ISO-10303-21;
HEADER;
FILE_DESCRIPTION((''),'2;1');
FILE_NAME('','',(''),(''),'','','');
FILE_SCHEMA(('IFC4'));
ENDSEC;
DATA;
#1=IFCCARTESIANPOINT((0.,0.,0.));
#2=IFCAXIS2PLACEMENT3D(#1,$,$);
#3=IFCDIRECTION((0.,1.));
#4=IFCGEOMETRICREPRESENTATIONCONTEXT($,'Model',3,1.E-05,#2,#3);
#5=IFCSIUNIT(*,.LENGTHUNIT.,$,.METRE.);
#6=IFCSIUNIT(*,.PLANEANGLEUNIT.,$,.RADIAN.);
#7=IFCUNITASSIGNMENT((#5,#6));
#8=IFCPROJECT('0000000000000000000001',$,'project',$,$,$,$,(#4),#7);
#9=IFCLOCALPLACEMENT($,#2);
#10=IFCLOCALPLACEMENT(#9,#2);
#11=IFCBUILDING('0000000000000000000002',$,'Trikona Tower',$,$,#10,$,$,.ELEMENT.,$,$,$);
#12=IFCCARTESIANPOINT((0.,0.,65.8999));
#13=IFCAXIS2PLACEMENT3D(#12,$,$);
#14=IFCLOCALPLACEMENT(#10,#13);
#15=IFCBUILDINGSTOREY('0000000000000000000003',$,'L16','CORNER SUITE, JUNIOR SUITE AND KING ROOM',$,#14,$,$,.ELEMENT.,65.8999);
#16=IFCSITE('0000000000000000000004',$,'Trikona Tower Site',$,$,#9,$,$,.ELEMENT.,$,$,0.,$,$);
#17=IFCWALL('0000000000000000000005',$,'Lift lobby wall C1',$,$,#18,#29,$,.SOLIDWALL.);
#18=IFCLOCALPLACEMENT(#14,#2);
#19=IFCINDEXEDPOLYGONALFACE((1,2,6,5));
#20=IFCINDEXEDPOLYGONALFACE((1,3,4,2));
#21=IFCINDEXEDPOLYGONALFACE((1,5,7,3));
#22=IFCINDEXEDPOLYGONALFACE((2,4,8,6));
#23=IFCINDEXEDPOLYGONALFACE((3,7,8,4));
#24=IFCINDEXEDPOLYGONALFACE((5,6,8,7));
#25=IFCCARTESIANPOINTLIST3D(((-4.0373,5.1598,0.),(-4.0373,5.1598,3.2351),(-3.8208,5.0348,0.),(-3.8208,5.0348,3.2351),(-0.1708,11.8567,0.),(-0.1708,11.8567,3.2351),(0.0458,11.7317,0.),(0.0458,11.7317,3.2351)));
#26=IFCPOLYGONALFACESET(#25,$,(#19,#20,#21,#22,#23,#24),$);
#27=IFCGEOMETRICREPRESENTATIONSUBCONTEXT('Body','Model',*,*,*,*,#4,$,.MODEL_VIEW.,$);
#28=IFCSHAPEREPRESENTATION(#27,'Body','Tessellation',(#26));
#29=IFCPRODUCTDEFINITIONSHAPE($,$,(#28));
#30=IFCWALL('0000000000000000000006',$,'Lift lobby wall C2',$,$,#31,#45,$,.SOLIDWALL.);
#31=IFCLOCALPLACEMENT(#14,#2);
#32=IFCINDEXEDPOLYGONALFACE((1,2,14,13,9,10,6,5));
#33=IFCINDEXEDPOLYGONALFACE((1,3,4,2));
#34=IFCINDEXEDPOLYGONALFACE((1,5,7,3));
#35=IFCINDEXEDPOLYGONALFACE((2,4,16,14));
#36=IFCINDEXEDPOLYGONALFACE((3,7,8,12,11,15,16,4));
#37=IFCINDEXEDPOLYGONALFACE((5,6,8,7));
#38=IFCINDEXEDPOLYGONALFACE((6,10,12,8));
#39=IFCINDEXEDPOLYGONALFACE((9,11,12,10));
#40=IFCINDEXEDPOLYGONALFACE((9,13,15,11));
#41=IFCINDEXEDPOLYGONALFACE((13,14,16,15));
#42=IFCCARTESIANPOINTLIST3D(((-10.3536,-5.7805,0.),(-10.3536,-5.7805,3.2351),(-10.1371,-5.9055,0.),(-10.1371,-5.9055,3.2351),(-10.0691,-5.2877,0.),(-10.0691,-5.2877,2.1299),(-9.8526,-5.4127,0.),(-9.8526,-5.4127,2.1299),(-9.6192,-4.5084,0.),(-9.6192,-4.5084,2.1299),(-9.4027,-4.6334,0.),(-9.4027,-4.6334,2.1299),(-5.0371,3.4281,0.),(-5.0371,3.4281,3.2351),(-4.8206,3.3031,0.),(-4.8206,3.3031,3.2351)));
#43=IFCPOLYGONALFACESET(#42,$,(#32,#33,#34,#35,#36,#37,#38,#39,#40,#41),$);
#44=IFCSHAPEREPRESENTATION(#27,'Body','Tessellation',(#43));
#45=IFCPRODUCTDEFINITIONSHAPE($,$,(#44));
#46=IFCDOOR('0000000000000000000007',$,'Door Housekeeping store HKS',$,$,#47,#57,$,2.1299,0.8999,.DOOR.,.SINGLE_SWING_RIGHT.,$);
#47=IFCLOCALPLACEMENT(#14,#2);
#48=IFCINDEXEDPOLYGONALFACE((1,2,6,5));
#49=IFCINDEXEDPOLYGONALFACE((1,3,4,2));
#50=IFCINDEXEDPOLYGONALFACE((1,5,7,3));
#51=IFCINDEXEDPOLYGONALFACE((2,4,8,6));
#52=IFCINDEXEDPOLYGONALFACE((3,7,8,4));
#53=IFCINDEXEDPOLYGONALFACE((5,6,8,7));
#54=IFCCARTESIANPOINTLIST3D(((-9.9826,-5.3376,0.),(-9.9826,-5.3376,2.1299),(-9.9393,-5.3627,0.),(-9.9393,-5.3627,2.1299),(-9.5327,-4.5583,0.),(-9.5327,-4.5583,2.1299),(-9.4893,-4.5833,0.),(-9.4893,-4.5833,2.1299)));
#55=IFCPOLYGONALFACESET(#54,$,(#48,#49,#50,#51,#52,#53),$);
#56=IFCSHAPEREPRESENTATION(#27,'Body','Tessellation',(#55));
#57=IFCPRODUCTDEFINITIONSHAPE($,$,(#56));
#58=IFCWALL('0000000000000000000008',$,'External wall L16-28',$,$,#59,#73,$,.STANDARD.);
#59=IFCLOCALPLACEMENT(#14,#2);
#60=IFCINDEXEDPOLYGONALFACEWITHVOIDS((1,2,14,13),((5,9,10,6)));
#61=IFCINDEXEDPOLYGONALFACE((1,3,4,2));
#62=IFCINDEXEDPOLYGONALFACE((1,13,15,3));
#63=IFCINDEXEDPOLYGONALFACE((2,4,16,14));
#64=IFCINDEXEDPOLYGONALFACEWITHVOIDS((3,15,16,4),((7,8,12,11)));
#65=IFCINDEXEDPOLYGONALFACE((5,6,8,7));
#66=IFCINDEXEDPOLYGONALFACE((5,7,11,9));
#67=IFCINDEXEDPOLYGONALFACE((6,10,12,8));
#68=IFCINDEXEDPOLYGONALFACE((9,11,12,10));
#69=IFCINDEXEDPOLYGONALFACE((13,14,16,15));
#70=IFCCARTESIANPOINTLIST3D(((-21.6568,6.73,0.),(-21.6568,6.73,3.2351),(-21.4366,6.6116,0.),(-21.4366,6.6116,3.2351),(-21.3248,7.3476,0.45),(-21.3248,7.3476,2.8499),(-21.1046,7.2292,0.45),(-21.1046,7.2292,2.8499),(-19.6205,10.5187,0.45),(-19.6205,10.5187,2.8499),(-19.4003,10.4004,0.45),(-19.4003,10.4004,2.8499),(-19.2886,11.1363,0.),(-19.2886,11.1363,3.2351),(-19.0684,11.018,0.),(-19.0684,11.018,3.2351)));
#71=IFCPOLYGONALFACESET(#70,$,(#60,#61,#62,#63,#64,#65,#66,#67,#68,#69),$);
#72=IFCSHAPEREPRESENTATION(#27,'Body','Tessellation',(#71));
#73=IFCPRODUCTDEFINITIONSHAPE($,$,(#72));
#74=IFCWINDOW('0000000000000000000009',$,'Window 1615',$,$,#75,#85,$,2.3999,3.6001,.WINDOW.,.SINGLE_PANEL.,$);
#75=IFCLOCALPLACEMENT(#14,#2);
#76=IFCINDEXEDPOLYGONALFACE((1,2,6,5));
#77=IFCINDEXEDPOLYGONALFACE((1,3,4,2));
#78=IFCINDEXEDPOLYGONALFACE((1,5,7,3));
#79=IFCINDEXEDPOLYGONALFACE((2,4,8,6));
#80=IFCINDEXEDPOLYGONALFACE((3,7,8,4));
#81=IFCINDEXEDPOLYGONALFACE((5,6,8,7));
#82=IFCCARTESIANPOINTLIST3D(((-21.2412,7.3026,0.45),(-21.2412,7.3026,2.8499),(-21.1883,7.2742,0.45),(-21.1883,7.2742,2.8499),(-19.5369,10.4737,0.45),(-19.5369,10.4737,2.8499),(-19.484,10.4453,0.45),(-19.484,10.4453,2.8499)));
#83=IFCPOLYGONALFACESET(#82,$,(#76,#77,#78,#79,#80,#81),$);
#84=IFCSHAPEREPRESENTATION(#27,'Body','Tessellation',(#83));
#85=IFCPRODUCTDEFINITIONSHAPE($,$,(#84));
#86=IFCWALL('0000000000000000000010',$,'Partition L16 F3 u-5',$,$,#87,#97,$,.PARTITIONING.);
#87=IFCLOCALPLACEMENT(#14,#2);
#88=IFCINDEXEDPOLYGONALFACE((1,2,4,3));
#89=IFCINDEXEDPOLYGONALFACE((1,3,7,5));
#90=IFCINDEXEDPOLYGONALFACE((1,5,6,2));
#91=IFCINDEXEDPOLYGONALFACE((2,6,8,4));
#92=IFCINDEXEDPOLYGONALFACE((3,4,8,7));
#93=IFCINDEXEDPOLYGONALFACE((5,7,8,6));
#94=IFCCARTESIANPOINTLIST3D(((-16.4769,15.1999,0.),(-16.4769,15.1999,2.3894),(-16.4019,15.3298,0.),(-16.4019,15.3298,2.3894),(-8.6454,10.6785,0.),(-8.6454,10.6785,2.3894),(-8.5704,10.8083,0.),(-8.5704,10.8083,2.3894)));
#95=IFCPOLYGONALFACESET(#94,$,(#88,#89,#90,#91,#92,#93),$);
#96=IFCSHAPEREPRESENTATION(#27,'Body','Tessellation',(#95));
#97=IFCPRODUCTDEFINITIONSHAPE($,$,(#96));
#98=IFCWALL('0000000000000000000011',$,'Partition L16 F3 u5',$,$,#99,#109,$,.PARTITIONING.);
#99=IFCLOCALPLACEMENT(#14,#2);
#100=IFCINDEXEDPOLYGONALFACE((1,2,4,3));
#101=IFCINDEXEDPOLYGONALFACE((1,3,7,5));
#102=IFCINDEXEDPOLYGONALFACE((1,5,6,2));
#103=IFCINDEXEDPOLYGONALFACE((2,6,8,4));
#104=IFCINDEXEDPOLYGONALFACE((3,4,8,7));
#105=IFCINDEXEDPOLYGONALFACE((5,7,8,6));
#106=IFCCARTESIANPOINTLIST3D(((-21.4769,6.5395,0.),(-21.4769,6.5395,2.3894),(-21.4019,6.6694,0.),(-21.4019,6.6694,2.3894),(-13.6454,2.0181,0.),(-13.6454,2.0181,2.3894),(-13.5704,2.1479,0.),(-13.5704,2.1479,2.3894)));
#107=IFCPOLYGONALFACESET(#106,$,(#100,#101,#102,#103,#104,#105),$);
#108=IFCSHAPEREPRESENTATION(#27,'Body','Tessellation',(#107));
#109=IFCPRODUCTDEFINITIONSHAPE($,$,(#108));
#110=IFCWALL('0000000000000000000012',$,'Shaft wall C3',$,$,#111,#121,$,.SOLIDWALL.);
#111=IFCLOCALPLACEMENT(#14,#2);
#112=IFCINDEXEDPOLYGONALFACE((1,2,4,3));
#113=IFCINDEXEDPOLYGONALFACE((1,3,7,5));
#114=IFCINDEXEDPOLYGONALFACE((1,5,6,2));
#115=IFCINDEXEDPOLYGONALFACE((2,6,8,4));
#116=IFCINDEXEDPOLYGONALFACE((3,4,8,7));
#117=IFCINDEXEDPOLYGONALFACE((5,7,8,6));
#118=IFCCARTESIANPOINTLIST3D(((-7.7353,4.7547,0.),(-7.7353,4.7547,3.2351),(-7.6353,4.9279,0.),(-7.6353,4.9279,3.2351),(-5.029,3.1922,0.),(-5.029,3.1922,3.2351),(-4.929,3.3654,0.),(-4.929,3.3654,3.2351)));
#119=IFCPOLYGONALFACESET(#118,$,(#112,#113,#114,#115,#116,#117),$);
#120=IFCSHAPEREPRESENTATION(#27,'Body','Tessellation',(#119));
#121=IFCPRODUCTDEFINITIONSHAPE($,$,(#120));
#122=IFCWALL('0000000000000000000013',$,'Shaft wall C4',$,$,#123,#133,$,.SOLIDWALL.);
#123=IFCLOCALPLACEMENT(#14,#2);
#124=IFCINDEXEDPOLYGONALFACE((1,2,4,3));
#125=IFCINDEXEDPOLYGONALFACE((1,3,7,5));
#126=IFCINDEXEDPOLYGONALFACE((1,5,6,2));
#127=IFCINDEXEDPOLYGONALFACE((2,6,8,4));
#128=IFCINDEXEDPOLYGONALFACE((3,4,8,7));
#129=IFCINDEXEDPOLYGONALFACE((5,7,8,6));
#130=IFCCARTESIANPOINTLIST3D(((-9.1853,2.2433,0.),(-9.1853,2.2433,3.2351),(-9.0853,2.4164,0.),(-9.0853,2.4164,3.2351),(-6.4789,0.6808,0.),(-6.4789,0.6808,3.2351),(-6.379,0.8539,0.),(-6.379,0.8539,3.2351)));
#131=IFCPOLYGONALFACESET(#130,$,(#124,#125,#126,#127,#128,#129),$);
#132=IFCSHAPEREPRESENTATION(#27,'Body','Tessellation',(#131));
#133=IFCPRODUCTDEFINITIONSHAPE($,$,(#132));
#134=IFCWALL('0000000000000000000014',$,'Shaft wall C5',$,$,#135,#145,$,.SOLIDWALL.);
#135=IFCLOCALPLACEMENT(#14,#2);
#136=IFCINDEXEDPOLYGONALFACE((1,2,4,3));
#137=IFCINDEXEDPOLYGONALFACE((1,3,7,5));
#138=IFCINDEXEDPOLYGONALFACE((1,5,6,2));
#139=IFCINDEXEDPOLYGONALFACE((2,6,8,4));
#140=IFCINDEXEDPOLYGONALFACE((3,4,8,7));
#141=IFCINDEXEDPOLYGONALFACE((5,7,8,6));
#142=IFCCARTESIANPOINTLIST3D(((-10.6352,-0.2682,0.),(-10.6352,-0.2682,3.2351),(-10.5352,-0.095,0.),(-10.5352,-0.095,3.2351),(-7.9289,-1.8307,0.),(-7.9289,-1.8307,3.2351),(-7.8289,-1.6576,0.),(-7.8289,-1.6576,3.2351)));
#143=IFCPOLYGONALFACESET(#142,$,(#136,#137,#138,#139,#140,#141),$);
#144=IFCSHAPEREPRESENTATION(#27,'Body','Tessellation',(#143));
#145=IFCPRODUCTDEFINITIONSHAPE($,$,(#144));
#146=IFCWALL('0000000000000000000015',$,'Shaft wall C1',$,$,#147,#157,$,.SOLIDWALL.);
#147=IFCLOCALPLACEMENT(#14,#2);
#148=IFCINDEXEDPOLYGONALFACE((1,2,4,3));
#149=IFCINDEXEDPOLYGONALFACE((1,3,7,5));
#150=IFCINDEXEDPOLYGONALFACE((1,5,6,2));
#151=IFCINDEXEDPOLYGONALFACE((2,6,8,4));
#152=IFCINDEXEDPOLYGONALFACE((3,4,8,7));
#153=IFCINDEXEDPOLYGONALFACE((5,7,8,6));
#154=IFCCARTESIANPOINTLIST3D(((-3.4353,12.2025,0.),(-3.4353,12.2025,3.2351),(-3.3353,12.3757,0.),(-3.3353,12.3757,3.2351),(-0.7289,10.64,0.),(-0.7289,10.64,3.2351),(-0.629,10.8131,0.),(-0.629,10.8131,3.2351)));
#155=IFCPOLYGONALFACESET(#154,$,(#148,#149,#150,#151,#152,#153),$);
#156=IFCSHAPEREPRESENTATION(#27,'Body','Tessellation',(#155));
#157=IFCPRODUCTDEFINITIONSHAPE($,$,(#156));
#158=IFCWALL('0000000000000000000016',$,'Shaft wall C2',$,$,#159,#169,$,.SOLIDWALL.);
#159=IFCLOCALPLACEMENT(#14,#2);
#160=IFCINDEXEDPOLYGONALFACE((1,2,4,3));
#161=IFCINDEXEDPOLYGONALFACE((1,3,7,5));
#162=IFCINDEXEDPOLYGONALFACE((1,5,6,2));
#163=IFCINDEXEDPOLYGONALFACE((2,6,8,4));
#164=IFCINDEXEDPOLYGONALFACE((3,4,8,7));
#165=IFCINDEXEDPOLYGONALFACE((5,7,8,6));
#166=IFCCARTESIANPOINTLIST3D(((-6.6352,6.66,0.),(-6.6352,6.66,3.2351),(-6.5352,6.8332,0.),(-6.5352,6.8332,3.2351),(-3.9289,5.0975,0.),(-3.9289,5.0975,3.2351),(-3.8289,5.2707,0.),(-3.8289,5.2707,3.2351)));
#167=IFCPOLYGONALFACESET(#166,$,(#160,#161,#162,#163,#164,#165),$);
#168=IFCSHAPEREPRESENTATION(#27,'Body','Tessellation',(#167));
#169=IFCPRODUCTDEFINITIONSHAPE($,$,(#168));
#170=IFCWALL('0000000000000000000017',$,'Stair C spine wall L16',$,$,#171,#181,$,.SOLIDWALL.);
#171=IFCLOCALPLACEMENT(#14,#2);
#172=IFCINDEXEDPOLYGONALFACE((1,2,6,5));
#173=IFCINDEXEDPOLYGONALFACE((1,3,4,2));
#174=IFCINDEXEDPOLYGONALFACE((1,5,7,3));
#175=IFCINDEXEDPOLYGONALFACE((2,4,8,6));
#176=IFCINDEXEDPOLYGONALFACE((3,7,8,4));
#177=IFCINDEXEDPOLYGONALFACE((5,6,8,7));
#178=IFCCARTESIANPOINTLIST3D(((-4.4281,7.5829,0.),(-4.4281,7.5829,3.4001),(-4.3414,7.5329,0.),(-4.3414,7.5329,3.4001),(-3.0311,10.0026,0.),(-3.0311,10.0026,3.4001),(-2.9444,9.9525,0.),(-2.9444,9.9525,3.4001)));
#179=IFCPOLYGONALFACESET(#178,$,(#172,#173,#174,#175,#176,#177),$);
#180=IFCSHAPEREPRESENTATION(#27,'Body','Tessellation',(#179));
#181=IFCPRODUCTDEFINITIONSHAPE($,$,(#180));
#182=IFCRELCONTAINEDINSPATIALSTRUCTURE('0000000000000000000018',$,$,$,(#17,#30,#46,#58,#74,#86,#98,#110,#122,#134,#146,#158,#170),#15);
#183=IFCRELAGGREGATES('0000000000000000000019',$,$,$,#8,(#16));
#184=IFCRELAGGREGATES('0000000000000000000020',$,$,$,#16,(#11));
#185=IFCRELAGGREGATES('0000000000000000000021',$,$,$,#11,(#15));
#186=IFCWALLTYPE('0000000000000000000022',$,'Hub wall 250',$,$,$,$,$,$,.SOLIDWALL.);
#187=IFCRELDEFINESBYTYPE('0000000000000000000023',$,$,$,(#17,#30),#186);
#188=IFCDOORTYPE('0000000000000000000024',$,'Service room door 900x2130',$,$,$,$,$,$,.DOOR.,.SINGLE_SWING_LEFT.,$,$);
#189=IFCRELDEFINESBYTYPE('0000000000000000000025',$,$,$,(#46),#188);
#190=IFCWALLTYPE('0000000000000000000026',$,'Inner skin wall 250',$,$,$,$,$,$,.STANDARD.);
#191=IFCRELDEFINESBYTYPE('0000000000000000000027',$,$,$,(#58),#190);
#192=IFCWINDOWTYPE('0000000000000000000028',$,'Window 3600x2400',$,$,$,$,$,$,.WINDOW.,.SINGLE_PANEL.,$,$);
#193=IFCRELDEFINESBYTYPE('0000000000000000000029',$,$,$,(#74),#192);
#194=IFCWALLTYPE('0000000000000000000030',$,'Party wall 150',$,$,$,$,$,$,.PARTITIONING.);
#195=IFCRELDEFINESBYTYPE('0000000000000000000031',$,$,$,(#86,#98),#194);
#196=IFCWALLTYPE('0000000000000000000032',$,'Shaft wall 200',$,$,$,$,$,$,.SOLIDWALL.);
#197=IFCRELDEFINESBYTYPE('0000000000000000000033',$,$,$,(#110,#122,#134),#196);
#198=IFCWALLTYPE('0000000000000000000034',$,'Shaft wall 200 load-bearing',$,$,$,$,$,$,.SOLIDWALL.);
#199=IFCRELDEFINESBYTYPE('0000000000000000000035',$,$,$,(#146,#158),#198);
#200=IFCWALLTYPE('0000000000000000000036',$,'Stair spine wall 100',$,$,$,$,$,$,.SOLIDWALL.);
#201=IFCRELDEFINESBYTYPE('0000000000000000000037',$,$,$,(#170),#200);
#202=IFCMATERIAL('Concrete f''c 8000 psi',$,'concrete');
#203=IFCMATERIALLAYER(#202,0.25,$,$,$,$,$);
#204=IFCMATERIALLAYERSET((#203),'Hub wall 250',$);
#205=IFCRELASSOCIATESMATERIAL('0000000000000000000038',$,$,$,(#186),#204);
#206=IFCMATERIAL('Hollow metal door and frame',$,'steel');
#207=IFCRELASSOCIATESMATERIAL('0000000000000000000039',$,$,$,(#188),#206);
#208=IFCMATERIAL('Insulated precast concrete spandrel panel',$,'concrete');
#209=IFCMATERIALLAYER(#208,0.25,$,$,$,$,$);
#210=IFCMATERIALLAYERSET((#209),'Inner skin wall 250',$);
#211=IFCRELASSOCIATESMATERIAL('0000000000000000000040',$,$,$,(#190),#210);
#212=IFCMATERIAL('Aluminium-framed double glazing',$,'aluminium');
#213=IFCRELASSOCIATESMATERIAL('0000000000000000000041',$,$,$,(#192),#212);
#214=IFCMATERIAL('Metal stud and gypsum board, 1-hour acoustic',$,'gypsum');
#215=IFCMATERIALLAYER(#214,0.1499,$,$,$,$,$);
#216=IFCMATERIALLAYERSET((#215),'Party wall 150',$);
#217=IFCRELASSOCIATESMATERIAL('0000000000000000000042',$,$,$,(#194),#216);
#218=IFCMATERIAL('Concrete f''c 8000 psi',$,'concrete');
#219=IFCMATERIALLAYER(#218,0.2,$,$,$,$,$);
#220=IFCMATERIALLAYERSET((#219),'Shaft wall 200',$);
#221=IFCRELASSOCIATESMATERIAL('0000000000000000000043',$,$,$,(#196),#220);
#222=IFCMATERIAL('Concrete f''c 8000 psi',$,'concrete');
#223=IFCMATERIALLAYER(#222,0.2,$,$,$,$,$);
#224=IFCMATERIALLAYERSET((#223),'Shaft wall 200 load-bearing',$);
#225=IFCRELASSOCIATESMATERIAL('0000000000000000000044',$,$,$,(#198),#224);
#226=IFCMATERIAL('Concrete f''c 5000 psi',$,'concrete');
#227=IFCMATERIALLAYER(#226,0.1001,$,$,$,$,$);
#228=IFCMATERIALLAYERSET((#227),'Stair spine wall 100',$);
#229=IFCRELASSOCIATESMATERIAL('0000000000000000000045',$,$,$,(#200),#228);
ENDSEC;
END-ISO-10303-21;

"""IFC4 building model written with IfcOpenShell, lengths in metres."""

from ifc_helpers import new_model, si_unit, direction, frame, frame_2d, origin, place, context, subcontext, project, spatial, rectangle, extrude, material, layer, layer_set, type_object, element, fill, save


model = new_model("IFC4")

# Units and contexts
model_context = context("Model", 3, precision=1e-05, world=origin(), true_north=direction((0.0, 1.0)))
body_context = subcontext(model_context, "Body", "Model", "MODEL_VIEW")
ifc_project = project(units=[si_unit("LENGTHUNIT", "METRE"), si_unit("PLANEANGLEUNIT", "RADIAN")], contexts=[model_context])

# Site, building, storey
site_placement = place(None, origin())
site = spatial("IfcSite", under=ifc_project, at=site_placement, Name="Trikona Tower Site", CompositionType="ELEMENT", RefElevation=0.0)
building_placement = place(site_placement, origin())
building = spatial("IfcBuilding", under=site, at=building_placement, Name="Trikona Tower", CompositionType="ELEMENT")
storey_placement = place(building_placement, frame((0.0, 0.0, 65.8999)))
storey = spatial("IfcBuildingStorey", under=building, at=storey_placement, Name="L16", Description="CORNER SUITE, JUNIOR SUITE AND KING ROOM", CompositionType="ELEMENT", Elevation=65.8999)

# Wall
ifc_material_1 = material(Name="Concrete f'c 8000 psi", Category="concrete")
ifc_layer_1 = layer(ifc_material_1, 0.25)
ifc_layer_set_1 = layer_set([ifc_layer_1], Name="Hub wall 250")
wall_type_1 = type_object("IfcWallType", Name="Hub wall 250", PredefinedType="SOLIDWALL", material=ifc_layer_set_1)
wall_1_placement = place(storey_placement, frame((-0.0625, 11.7942, 0.0), z_axis=(0.0, 0.0, 1.0), x_axis=(-0.500007, -0.866022, 0.0)))
element("IfcWall", 1, at=wall_1_placement, inside=storey, type_object=wall_type_1, Name="Lift lobby wall C1", PredefinedType="SOLIDWALL", context=body_context, shape_type="SweptSolid", body=[
    extrude(rectangle(XDim=7.7329, YDim=0.25, at=frame_2d((3.8665, 0.0))), origin(), (0.0, 0.0, 1.0), 3.2351),
])

# Wall, opening, door
wall_2_placement = place(storey_placement, frame((-4.929, 3.3655, 0.0), z_axis=(0.0, 0.0, 1.0), x_axis=(-0.499991, -0.86603, 0.0)))
wall_2 = element("IfcWall", 2, at=wall_2_placement, inside=storey, type_object=wall_type_1, Name="Lift lobby wall C2", PredefinedType="SOLIDWALL", context=body_context, shape_type="SweptSolid", body=[
    extrude(rectangle(XDim=10.6331, YDim=0.25, at=frame_2d((5.3164, 0.0))), origin(), (0.0, 0.0, 1.0), 3.2351),
])
opening_1_placement = place(wall_2_placement, frame((9.1641, 0.0, 0.0)))
opening_1 = element("IfcOpeningElement", 3, at=opening_1_placement, cuts=wall_2, PredefinedType="OPENING", context=body_context, shape_type="SweptSolid", body=[
    extrude(rectangle(XDim=0.8999, YDim=2.1299, at=frame_2d((0.45, 1.0649))), frame((0.0, 0.135, 0.0), z_axis=(0.0, -1.0, 0.0), x_axis=(1.0, 0.0, 0.0)), (0.0, 0.0, 1.0), 0.27),
])
ifc_material_2 = material(Name="Hollow metal door and frame", Category="steel")
door_type_1 = type_object("IfcDoorType", Name="Service room door 900x2130", OperationType="SINGLE_SWING_LEFT", PredefinedType="DOOR", material=ifc_material_2)
door_1_placement = place(opening_1_placement, origin())
door_1 = element("IfcDoor", 4, at=door_1_placement, inside=storey, type_object=door_type_1, Name="Door Housekeeping store HKS", OperationType="SINGLE_SWING_RIGHT", OverallHeight=2.1299, OverallWidth=0.8999, PredefinedType="DOOR", context=body_context, shape_type="SweptSolid", body=[
    extrude(rectangle(XDim=0.8999, YDim=2.1299, at=frame_2d((0.45, 1.0649))), frame((0.0, 0.0249, 0.0), z_axis=(0.0, -1.0, 0.0), x_axis=(1.0, 0.0, 0.0)), (0.0, 0.0, 1.0), 0.05),
])
fill(opening_1, door_1)

# Wall, opening, window
ifc_material_3 = material(Name="Insulated precast concrete spandrel panel", Category="concrete")
ifc_layer_2 = layer(ifc_material_3, 0.25)
ifc_layer_set_2 = layer_set([ifc_layer_2], Name="Inner skin wall 250")
wall_type_2 = type_object("IfcWallType", Name="Inner skin wall 250", PredefinedType="STANDARD", material=ifc_layer_set_2)
wall_3_placement = place(storey_placement, frame((-19.1785, 11.0771, 0.0), z_axis=(0.0, 0.0, 1.0), x_axis=(-0.473413, -0.880841, 0.0)))
wall_3 = element("IfcWall", 5, at=wall_3_placement, inside=storey, type_object=wall_type_2, Name="External wall L16-28", PredefinedType="STANDARD", context=body_context, shape_type="SweptSolid", body=[
    extrude(rectangle(XDim=5.0024, YDim=0.25, at=frame_2d((2.5012, 0.0))), origin(), (0.0, 0.0, 1.0), 3.2351),
])
opening_2_placement = place(wall_3_placement, frame((0.7012, 0.0, 0.45)))
opening_2 = element("IfcOpeningElement", 6, at=opening_2_placement, cuts=wall_3, PredefinedType="OPENING", context=body_context, shape_type="SweptSolid", body=[
    extrude(rectangle(XDim=3.6001, YDim=2.3999, at=frame_2d((1.8, 1.2))), frame((0.0, 0.135, 0.0), z_axis=(0.0, -1.0, 0.0), x_axis=(1.0, 0.0, 0.0)), (0.0, 0.0, 1.0), 0.27),
])
ifc_material_4 = material(Name="Aluminium-framed double glazing", Category="aluminium")
window_type = type_object("IfcWindowType", Name="Window 3600x2400", PartitioningType="SINGLE_PANEL", PredefinedType="WINDOW", material=ifc_material_4)
window_placement = place(opening_2_placement, origin())
window = element("IfcWindow", 7, at=window_placement, inside=storey, type_object=window_type, Name="Window 1615", OverallHeight=2.3999, OverallWidth=3.6001, PartitioningType="SINGLE_PANEL", PredefinedType="WINDOW", context=body_context, shape_type="SweptSolid", body=[
    extrude(rectangle(XDim=3.6001, YDim=2.3999, at=frame_2d((1.8, 1.2))), frame((0.0, 0.03, 0.0), z_axis=(0.0, -1.0, 0.0), x_axis=(1.0, 0.0, 0.0)), (0.0, 0.0, 1.0), 0.0601),
])
fill(opening_2, window)

# Walls
ifc_material_5 = material(Name="Metal stud and gypsum board, 1-hour acoustic", Category="gypsum")
ifc_layer_3 = layer(ifc_material_5, 0.1499)
ifc_layer_set_3 = layer_set([ifc_layer_3], Name="Party wall 150")
wall_type_3 = type_object("IfcWallType", Name="Party wall 150", PredefinedType="PARTITIONING", material=ifc_layer_set_3)
for number, where, z_axis, x_axis, name in (
    (8, (-8.6079, 10.7434, 0.0), (0.0, 0.0, 1.0), (-0.866028, 0.499995, 0.0), "Partition L16 F3 u-5"),
    (9, (-13.6079, 2.083, 0.0), (0.0, 0.0, 1.0), (-0.866028, 0.499995, 0.0), "Partition L16 F3 u5"),
):
    element("IfcWall", number, at=place(storey_placement, frame(where, z_axis=z_axis, x_axis=x_axis)), inside=storey, type_object=wall_type_3, Name=name, PredefinedType="PARTITIONING", context=body_context, shape_type="SweptSolid", body=[
        extrude(rectangle(XDim=9.043, YDim=0.1499, at=frame_2d((4.5215, 0.0))), origin(), (0.0, 0.0, 1.0), 2.3894),
    ])
ifc_material_6 = material(Name="Concrete f'c 8000 psi", Category="concrete")
ifc_layer_4 = layer(ifc_material_6, 0.2)
ifc_layer_set_4 = layer_set([ifc_layer_4], Name="Shaft wall 200")
wall_type_4 = type_object("IfcWallType", Name="Shaft wall 200", PredefinedType="SOLIDWALL", material=ifc_layer_set_4)
for number, where, z_axis, x_axis, name in (
    (10, (-4.979, 3.2788, 0.0), (0.0, 0.0, 1.0), (-0.866023, 0.500004, 0.0), "Shaft wall C3"),
    (11, (-6.429, 0.7673, 0.0), (0.0, 0.0, 1.0), (-0.866023, 0.500004, 0.0), "Shaft wall C4"),
    (12, (-7.8789, -1.7441, 0.0), (0.0, 0.0, 1.0), (-0.866023, 0.500004, 0.0), "Shaft wall C5"),
):
    element("IfcWall", number, at=place(storey_placement, frame(where, z_axis=z_axis, x_axis=x_axis)), inside=storey, type_object=wall_type_4, Name=name, PredefinedType="SOLIDWALL", context=body_context, shape_type="SweptSolid", body=[
        extrude(rectangle(XDim=3.125, YDim=0.2, at=frame_2d((1.5625, 0.0))), origin(), (0.0, 0.0, 1.0), 3.2351),
    ])
ifc_material_7 = material(Name="Concrete f'c 8000 psi", Category="concrete")
ifc_layer_5 = layer(ifc_material_7, 0.2)
ifc_layer_set_5 = layer_set([ifc_layer_5], Name="Shaft wall 200 load-bearing")
wall_type_5 = type_object("IfcWallType", Name="Shaft wall 200 load-bearing", PredefinedType="SOLIDWALL", material=ifc_layer_set_5)
for number, where, z_axis, x_axis, name in (
    (13, (-0.679, 10.7266, 0.0), (0.0, 0.0, 1.0), (-0.866023, 0.500004, 0.0), "Shaft wall C1"),
    (14, (-3.8789, 5.1841, 0.0), (0.0, 0.0, 1.0), (-0.866023, 0.500004, 0.0), "Shaft wall C2"),
):
    element("IfcWall", number, at=place(storey_placement, frame(where, z_axis=z_axis, x_axis=x_axis)), inside=storey, type_object=wall_type_5, Name=name, PredefinedType="SOLIDWALL", context=body_context, shape_type="SweptSolid", body=[
        extrude(rectangle(XDim=3.125, YDim=0.2, at=frame_2d((1.5625, 0.0))), origin(), (0.0, 0.0, 1.0), 3.2351),
    ])
ifc_material_8 = material(Name="Concrete f'c 5000 psi", Category="concrete")
ifc_layer_6 = layer(ifc_material_8, 0.1001)
ifc_layer_set_6 = layer_set([ifc_layer_6], Name="Stair spine wall 100")
wall_type_6 = type_object("IfcWallType", Name="Stair spine wall 100", PredefinedType="SOLIDWALL", material=ifc_layer_set_6)
wall_4_placement = place(storey_placement, frame((-2.9878, 9.9775, 0.0), z_axis=(0.0, 0.0, 1.0), x_axis=(-0.499992, -0.86603, 0.0)))
element("IfcWall", 15, at=wall_4_placement, inside=storey, type_object=wall_type_6, Name="Stair C spine wall L16", PredefinedType="SOLIDWALL", context=body_context, shape_type="SweptSolid", body=[
    extrude(rectangle(XDim=2.7939, YDim=0.1001, at=frame_2d((1.397, 0.0))), origin(), (0.0, 0.0, 1.0), 3.4001),
])

save(model, "model.ifc")
